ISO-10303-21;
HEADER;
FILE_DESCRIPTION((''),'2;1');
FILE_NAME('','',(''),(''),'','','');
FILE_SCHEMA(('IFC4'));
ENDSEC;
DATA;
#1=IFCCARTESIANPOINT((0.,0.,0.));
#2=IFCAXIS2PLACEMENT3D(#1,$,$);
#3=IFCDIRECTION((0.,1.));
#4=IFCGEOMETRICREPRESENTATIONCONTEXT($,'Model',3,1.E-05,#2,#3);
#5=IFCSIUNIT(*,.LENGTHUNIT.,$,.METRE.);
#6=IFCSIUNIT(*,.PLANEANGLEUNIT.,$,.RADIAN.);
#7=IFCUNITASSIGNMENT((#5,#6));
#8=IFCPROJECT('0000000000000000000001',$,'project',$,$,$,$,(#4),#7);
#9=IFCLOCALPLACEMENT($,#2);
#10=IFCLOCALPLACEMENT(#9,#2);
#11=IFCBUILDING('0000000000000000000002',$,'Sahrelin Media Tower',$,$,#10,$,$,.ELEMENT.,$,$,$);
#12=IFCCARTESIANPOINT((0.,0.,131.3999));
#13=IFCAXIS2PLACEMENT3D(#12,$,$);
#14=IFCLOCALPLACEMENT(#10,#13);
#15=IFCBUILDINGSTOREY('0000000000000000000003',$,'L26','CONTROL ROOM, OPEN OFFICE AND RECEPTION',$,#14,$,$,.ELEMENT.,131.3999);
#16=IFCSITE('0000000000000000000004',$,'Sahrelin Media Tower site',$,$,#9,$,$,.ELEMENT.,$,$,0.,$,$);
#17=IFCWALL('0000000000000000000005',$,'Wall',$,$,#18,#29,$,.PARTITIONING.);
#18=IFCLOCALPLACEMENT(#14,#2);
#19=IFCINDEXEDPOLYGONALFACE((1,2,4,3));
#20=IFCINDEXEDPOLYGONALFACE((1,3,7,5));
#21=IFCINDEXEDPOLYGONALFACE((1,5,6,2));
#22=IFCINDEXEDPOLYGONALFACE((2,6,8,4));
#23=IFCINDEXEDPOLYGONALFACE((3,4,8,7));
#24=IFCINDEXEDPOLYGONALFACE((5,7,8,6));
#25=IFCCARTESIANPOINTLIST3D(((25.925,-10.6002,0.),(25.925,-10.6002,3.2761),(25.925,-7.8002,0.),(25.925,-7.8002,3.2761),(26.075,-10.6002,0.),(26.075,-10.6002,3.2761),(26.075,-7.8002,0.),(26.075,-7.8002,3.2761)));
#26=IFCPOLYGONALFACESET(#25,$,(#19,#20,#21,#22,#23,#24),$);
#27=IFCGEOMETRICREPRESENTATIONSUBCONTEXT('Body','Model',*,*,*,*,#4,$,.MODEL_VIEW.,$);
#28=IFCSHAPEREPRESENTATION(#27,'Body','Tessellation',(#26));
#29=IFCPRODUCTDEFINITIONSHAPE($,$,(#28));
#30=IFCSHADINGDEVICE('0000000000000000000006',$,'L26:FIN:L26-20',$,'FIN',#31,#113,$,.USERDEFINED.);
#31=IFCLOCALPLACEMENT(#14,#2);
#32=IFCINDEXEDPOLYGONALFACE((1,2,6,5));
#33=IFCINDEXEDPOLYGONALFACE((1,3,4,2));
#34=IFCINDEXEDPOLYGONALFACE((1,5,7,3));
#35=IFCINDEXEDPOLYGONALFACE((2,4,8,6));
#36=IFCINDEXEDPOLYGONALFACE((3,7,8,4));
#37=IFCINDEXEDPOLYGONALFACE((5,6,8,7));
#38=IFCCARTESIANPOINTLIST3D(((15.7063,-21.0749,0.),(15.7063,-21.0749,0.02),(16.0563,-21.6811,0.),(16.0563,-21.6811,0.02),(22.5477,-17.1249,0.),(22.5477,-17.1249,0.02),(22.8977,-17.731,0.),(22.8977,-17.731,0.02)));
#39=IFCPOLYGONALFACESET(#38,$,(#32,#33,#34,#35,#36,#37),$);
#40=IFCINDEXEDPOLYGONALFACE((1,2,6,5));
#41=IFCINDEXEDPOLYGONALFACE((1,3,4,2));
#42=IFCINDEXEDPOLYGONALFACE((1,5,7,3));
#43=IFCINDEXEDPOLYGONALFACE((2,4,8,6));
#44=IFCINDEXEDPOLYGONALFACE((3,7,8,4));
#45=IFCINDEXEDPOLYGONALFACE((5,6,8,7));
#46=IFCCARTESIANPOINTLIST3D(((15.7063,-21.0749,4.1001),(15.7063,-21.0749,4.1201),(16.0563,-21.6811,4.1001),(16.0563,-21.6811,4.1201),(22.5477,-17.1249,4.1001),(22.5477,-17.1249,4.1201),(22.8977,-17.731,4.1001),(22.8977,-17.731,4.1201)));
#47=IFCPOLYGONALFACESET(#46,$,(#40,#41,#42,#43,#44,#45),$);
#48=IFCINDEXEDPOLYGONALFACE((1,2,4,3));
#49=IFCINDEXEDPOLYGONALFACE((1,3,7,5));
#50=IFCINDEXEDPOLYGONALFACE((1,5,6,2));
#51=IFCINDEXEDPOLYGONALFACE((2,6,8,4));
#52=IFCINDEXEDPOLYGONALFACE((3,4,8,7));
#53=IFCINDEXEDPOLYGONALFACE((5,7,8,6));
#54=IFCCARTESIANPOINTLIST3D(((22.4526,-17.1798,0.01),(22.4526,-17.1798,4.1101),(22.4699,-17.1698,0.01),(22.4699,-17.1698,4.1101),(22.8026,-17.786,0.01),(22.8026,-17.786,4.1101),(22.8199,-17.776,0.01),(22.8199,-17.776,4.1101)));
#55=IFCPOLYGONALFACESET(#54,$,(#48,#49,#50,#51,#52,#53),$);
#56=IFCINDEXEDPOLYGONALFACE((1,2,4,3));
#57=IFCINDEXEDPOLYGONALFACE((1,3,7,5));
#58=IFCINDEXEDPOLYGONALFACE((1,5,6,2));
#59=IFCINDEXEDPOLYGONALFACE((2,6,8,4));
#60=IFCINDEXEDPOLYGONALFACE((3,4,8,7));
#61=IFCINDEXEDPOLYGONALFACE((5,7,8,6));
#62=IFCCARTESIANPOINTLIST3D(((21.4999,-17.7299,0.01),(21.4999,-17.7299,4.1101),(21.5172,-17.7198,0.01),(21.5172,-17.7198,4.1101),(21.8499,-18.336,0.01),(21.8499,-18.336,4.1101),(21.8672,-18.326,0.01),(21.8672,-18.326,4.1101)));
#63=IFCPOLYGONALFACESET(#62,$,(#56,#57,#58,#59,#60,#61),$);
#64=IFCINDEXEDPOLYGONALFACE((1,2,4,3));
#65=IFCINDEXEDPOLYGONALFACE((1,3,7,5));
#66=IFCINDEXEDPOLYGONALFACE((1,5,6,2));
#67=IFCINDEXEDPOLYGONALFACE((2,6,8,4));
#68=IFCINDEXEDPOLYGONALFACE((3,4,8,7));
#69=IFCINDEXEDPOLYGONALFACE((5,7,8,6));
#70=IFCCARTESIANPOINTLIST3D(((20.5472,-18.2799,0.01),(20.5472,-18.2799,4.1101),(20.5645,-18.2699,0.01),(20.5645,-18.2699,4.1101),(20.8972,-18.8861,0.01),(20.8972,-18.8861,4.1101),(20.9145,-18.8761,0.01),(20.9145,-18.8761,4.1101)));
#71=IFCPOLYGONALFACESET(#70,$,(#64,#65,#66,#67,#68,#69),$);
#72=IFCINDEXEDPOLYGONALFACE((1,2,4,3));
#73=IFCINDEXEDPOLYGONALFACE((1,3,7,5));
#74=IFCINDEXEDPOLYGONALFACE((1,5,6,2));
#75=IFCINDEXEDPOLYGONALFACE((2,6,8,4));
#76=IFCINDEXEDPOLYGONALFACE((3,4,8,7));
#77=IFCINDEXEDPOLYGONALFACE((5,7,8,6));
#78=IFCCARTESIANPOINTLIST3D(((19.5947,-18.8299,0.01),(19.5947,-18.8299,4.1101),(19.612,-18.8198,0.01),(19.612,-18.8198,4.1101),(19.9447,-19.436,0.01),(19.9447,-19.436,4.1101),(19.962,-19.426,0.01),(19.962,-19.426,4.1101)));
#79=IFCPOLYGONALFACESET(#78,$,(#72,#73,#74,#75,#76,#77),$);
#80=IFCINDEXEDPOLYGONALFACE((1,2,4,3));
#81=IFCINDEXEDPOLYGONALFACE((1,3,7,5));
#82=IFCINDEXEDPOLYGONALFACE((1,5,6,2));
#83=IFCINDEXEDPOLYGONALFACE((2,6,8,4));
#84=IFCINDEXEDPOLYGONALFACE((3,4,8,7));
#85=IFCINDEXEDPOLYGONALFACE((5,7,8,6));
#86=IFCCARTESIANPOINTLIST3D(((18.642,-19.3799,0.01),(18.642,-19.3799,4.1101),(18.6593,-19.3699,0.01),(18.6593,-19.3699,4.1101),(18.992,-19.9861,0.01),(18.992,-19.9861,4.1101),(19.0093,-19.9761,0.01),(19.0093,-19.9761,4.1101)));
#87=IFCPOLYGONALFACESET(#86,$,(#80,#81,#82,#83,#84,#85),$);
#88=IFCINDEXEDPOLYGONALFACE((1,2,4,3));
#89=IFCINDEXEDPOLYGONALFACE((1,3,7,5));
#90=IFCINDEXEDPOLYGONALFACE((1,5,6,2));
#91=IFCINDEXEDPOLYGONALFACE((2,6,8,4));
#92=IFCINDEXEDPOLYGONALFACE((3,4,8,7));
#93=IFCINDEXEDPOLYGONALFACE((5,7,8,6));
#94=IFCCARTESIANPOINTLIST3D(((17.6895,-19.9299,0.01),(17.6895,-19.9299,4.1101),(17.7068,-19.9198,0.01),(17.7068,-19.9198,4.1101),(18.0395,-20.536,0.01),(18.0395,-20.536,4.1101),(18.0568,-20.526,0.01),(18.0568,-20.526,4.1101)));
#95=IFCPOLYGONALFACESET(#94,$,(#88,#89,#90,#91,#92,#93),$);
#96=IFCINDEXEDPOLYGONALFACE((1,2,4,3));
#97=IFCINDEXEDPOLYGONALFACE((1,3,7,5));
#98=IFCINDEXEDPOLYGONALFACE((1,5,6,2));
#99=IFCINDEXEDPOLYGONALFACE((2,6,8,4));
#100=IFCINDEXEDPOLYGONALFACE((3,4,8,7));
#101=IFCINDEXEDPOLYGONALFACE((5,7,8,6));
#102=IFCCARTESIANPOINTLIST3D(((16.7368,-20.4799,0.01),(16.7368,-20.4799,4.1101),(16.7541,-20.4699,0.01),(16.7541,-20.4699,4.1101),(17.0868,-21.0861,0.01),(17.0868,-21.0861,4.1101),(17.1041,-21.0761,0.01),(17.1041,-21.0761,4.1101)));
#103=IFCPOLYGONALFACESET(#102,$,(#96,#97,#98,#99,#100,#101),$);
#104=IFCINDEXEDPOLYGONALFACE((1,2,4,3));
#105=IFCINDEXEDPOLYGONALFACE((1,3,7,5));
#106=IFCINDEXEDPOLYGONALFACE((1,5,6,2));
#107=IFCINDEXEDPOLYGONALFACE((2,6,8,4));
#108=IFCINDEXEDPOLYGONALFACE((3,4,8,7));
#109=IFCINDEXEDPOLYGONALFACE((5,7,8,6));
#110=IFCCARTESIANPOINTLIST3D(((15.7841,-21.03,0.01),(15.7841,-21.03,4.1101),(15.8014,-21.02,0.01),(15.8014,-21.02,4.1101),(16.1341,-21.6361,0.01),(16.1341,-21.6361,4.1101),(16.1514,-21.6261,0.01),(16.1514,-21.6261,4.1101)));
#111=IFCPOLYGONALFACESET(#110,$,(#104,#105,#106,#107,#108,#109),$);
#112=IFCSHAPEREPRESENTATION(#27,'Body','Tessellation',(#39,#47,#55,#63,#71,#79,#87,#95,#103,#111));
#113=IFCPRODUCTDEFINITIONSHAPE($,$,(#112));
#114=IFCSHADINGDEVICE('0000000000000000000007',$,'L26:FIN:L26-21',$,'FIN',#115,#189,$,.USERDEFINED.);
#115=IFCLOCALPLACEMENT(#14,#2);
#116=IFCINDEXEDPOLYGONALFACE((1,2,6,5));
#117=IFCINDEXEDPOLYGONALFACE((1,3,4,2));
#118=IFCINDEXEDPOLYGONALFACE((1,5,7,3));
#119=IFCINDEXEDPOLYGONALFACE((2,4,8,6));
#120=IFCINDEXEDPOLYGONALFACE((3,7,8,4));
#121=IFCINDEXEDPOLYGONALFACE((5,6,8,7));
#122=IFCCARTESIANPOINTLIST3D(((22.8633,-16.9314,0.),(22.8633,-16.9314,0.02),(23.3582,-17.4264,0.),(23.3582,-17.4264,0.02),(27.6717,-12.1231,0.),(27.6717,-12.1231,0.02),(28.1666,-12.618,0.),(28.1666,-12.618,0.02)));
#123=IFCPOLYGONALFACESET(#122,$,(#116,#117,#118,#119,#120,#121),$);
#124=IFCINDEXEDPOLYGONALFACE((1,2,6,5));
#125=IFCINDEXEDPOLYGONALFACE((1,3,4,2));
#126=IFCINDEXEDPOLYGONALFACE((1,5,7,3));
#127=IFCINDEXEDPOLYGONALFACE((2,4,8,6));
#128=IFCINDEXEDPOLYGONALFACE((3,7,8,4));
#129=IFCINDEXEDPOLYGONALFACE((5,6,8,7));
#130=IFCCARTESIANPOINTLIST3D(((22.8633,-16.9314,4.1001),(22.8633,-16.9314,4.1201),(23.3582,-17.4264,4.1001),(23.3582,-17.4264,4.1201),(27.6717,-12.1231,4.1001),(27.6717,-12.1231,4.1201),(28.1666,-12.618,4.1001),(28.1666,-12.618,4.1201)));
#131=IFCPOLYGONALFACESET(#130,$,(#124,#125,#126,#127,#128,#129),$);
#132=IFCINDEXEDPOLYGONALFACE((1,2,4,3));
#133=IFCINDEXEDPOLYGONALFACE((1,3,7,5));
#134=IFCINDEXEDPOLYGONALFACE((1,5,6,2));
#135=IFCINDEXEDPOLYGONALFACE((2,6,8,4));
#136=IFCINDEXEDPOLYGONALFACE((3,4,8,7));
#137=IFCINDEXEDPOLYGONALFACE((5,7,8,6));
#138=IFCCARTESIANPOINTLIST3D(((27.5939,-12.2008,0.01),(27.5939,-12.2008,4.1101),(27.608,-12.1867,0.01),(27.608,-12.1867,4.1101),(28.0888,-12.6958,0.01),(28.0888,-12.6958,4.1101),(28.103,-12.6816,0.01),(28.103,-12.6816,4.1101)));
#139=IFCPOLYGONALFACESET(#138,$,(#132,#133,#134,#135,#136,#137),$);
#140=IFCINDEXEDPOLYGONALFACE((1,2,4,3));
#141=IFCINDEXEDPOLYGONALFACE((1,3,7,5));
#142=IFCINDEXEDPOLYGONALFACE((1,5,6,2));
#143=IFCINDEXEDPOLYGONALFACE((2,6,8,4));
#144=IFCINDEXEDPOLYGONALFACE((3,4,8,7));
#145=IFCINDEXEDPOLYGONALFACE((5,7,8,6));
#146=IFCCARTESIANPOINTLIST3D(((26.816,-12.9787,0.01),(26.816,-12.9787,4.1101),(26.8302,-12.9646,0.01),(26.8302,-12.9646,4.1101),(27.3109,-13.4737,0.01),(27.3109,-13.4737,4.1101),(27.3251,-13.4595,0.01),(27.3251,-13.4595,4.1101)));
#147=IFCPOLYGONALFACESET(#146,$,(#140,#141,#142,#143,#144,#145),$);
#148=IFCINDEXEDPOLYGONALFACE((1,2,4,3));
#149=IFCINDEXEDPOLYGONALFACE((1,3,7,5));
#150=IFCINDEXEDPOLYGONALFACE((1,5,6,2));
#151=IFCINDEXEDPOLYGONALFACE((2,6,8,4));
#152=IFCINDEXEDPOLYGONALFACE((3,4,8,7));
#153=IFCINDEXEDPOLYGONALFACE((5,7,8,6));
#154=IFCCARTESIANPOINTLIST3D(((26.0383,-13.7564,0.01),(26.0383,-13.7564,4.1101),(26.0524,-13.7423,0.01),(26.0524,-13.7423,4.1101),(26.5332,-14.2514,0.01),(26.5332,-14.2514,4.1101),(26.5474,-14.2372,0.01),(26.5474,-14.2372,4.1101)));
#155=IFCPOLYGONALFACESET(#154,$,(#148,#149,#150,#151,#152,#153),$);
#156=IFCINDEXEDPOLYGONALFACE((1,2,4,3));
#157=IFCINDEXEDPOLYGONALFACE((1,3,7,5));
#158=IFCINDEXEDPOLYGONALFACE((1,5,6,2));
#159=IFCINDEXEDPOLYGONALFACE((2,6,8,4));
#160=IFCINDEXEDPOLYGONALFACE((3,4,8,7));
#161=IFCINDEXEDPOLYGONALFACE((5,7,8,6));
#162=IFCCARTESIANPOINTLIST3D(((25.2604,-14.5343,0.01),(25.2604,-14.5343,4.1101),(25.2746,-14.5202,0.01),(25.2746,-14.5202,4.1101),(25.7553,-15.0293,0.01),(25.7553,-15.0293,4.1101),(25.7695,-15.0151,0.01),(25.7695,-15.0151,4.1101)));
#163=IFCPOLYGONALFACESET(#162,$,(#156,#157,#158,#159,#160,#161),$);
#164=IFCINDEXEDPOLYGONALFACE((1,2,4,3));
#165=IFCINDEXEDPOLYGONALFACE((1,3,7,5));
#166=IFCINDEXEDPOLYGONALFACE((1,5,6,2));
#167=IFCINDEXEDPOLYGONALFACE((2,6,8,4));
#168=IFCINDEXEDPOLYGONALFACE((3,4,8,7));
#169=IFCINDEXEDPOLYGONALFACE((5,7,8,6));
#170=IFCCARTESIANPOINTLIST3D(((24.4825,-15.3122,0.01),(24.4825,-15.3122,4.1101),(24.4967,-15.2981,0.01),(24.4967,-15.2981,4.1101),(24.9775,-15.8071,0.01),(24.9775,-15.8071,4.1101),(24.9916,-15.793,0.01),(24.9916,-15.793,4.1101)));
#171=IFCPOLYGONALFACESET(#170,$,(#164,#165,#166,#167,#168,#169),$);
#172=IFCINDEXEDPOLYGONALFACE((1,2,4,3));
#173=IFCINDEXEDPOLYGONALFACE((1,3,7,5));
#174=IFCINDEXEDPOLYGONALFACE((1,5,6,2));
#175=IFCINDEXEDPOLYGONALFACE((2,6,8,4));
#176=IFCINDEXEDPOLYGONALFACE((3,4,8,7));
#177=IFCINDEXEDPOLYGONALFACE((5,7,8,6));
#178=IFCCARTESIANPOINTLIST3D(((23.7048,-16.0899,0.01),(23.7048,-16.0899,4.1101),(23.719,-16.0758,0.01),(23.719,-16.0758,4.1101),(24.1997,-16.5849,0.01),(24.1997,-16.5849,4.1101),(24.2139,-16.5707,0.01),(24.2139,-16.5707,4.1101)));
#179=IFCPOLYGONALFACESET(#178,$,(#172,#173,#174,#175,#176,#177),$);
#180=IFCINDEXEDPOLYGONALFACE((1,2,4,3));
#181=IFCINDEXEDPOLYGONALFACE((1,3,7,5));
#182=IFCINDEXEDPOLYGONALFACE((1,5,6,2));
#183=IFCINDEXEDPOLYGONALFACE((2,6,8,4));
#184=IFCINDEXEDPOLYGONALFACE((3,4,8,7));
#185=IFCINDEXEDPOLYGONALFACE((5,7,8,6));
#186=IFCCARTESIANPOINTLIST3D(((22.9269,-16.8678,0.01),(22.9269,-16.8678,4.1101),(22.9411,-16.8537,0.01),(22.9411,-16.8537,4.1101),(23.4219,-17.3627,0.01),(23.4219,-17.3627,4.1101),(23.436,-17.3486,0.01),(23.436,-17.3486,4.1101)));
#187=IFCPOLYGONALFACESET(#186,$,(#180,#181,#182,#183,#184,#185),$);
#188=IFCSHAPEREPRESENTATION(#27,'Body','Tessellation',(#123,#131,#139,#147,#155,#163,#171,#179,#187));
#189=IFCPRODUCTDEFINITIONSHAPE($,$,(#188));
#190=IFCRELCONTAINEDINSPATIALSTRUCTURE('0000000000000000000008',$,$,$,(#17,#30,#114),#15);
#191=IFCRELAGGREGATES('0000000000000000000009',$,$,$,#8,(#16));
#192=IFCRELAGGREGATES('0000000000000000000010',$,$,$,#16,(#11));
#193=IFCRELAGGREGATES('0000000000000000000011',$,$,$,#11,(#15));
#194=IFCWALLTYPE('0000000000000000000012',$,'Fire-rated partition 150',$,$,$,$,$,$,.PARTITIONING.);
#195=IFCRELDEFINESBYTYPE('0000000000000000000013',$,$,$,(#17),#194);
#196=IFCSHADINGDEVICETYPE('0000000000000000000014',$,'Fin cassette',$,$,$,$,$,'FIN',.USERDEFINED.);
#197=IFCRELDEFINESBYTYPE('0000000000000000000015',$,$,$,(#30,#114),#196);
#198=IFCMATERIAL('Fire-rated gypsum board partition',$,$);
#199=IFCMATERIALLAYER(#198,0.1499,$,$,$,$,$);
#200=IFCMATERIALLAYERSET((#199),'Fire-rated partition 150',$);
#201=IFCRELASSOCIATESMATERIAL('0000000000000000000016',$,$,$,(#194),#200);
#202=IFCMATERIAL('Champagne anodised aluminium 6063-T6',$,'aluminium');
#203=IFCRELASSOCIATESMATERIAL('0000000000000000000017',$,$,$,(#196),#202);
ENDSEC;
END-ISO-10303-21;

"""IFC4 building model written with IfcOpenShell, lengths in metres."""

from ifc_helpers import new_model, si_unit, direction, frame, frame_2d, origin, origin_2d, place, context, subcontext, project, spatial, rectangle, extrude, material, layer, layer_set, type_object, element, save


model = new_model("IFC4")

# Units and contexts
model_context = context("Model", 3, precision=1e-05, world=origin(), true_north=direction((0.0, 1.0)))
body_context = subcontext(model_context, "Body", "Model", "MODEL_VIEW")
ifc_project = project(units=[si_unit("LENGTHUNIT", "METRE"), si_unit("PLANEANGLEUNIT", "RADIAN")], contexts=[model_context])

# Site, building, storey
site_placement = place(None, origin())
site = spatial("IfcSite", under=ifc_project, at=site_placement, Name="Sahrelin Media Tower site", CompositionType="ELEMENT", RefElevation=0.0)
building_placement = place(site_placement, origin())
building = spatial("IfcBuilding", under=site, at=building_placement, Name="Sahrelin Media Tower", CompositionType="ELEMENT")
storey_placement = place(building_placement, frame((0.0, 0.0, 131.3999)))
storey = spatial("IfcBuildingStorey", under=building, at=storey_placement, Name="L26", Description="CONTROL ROOM, OPEN OFFICE AND RECEPTION", CompositionType="ELEMENT", Elevation=131.3999)

# Shared definitions
ifc_material_1 = material(Name="Champagne anodised aluminium 6063-T6", Category="aluminium")

# Wall
ifc_material_2 = material(Name="Fire-rated gypsum board partition")
ifc_layer_1 = layer(ifc_material_2, 0.1499)
ifc_layer_set_1 = layer_set([ifc_layer_1], Name="Fire-rated partition 150")
wall_type = type_object("IfcWallType", Name="Fire-rated partition 150", PredefinedType="PARTITIONING", material=ifc_layer_set_1)
wall_placement = place(storey_placement, frame((26.0, -10.6001, 0.0), z_axis=(0.0, 0.0, 1.0), x_axis=(0.0, 1.0, 0.0)))
element("IfcWall", 1, at=wall_placement, inside=storey, type_object=wall_type, Name="Wall", PredefinedType="PARTITIONING", context=body_context, shape_type="SweptSolid", body=[
    extrude(rectangle(XDim=2.8, YDim=0.1499, at=frame_2d((1.3999, 0.0))), origin(), (0.0, 0.0, 1.0), 3.2761),
])

# Shading devices
shading_device_type_1 = type_object("IfcShadingDeviceType", Name="Fin cassette", ElementType="FIN", PredefinedType="USERDEFINED", material=ifc_material_1)
placement_1 = place(storey_placement, frame((19.092, -19.0393, 0.0), z_axis=(0.0, 0.0, 1.0), x_axis=(-0.866019, -0.500011, 0.0)))
element("IfcShadingDevice", 2, at=placement_1, inside=storey, type_object=shading_device_type_1, Name="L26:FIN:L26-20", ObjectType="FIN", PredefinedType="USERDEFINED", context=body_context, shape_type="SweptSolid", body=[
    extrude(rectangle(XDim=7.8999, YDim=0.7, at=origin_2d()), frame((0.0, 0.4199, 0.0)), (0.0, 0.0, 1.0), 0.02),
    extrude(rectangle(XDim=7.8999, YDim=0.7, at=origin_2d()), frame((0.0, 0.4199, 4.1001)), (0.0, 0.0, 1.0), 0.02),
    extrude(rectangle(XDim=0.02, YDim=0.7, at=origin_2d()), frame((-3.8501, 0.4199, 0.01), z_axis=(0.0, 0.0, 1.0), x_axis=(1.0, 0.0, 0.0)), (0.0, 0.0, 1.0), 4.1001),
    extrude(rectangle(XDim=0.02, YDim=0.7, at=origin_2d()), frame((-2.75, 0.4199, 0.01), z_axis=(0.0, 0.0, 1.0), x_axis=(1.0, 0.0, 0.0)), (0.0, 0.0, 1.0), 4.1001),
    extrude(rectangle(XDim=0.02, YDim=0.7, at=origin_2d()), frame((-1.6499, 0.4199, 0.01), z_axis=(0.0, 0.0, 1.0), x_axis=(1.0, 0.0, 0.0)), (0.0, 0.0, 1.0), 4.1001),
    extrude(rectangle(XDim=0.02, YDim=0.7, at=origin_2d()), frame((-0.55, 0.4199, 0.01), z_axis=(0.0, 0.0, 1.0), x_axis=(1.0, 0.0, 0.0)), (0.0, 0.0, 1.0), 4.1001),
    extrude(rectangle(XDim=0.02, YDim=0.7, at=origin_2d()), frame((0.55, 0.4199, 0.01), z_axis=(0.0, 0.0, 1.0), x_axis=(1.0, 0.0, 0.0)), (0.0, 0.0, 1.0), 4.1001),
    extrude(rectangle(XDim=0.02, YDim=0.7, at=origin_2d()), frame((1.6499, 0.4199, 0.01), z_axis=(0.0, 0.0, 1.0), x_axis=(1.0, 0.0, 0.0)), (0.0, 0.0, 1.0), 4.1001),
    extrude(rectangle(XDim=0.02, YDim=0.7, at=origin_2d()), frame((2.75, 0.4199, 0.01), z_axis=(0.0, 0.0, 1.0), x_axis=(1.0, 0.0, 0.0)), (0.0, 0.0, 1.0), 4.1001),
    extrude(rectangle(XDim=0.02, YDim=0.7, at=origin_2d()), frame((3.8501, 0.4199, 0.01), z_axis=(0.0, 0.0, 1.0), x_axis=(1.0, 0.0, 0.0)), (0.0, 0.0, 1.0), 4.1001),
])
placement_2 = place(storey_placement, frame((25.218, -14.4778, 0.0), z_axis=(0.0, 0.0, 1.0), x_axis=(-0.707107, -0.707107, 0.0)))
element("IfcShadingDevice", 3, at=placement_2, inside=storey, type_object=shading_device_type_1, Name="L26:FIN:L26-21", ObjectType="FIN", PredefinedType="USERDEFINED", context=body_context, shape_type="SweptSolid", body=[
    extrude(rectangle(XDim=6.8, YDim=0.7, at=origin_2d()), frame((0.0, 0.4199, 0.0)), (0.0, 0.0, 1.0), 0.02),
    extrude(rectangle(XDim=6.8, YDim=0.7, at=origin_2d()), frame((0.0, 0.4199, 4.1001)), (0.0, 0.0, 1.0), 0.02),
    extrude(rectangle(XDim=0.02, YDim=0.7, at=origin_2d()), frame((-3.3, 0.4199, 0.01), z_axis=(0.0, 0.0, 1.0), x_axis=(1.0, 0.0, 0.0)), (0.0, 0.0, 1.0), 4.1001),
    extrude(rectangle(XDim=0.02, YDim=0.7, at=origin_2d()), frame((-2.2, 0.4199, 0.01), z_axis=(0.0, 0.0, 1.0), x_axis=(1.0, 0.0, 0.0)), (0.0, 0.0, 1.0), 4.1001),
    extrude(rectangle(XDim=0.02, YDim=0.7, at=origin_2d()), frame((-1.1001, 0.4199, 0.01), z_axis=(0.0, 0.0, 1.0), x_axis=(1.0, 0.0, 0.0)), (0.0, 0.0, 1.0), 4.1001),
    extrude(rectangle(XDim=0.02, YDim=0.7, at=origin_2d()), frame((0.0, 0.4199, 0.01), z_axis=(0.0, 0.0, 1.0), x_axis=(1.0, 0.0, 0.0)), (0.0, 0.0, 1.0), 4.1001),
    extrude(rectangle(XDim=0.02, YDim=0.7, at=origin_2d()), frame((1.1001, 0.4199, 0.01), z_axis=(0.0, 0.0, 1.0), x_axis=(1.0, 0.0, 0.0)), (0.0, 0.0, 1.0), 4.1001),
    extrude(rectangle(XDim=0.02, YDim=0.7, at=origin_2d()), frame((2.2, 0.4199, 0.01), z_axis=(0.0, 0.0, 1.0), x_axis=(1.0, 0.0, 0.0)), (0.0, 0.0, 1.0), 4.1001),
    extrude(rectangle(XDim=0.02, YDim=0.7, at=origin_2d()), frame((3.3, 0.4199, 0.01), z_axis=(0.0, 0.0, 1.0), x_axis=(1.0, 0.0, 0.0)), (0.0, 0.0, 1.0), 4.1001),
])

save(model, "model.ifc")
